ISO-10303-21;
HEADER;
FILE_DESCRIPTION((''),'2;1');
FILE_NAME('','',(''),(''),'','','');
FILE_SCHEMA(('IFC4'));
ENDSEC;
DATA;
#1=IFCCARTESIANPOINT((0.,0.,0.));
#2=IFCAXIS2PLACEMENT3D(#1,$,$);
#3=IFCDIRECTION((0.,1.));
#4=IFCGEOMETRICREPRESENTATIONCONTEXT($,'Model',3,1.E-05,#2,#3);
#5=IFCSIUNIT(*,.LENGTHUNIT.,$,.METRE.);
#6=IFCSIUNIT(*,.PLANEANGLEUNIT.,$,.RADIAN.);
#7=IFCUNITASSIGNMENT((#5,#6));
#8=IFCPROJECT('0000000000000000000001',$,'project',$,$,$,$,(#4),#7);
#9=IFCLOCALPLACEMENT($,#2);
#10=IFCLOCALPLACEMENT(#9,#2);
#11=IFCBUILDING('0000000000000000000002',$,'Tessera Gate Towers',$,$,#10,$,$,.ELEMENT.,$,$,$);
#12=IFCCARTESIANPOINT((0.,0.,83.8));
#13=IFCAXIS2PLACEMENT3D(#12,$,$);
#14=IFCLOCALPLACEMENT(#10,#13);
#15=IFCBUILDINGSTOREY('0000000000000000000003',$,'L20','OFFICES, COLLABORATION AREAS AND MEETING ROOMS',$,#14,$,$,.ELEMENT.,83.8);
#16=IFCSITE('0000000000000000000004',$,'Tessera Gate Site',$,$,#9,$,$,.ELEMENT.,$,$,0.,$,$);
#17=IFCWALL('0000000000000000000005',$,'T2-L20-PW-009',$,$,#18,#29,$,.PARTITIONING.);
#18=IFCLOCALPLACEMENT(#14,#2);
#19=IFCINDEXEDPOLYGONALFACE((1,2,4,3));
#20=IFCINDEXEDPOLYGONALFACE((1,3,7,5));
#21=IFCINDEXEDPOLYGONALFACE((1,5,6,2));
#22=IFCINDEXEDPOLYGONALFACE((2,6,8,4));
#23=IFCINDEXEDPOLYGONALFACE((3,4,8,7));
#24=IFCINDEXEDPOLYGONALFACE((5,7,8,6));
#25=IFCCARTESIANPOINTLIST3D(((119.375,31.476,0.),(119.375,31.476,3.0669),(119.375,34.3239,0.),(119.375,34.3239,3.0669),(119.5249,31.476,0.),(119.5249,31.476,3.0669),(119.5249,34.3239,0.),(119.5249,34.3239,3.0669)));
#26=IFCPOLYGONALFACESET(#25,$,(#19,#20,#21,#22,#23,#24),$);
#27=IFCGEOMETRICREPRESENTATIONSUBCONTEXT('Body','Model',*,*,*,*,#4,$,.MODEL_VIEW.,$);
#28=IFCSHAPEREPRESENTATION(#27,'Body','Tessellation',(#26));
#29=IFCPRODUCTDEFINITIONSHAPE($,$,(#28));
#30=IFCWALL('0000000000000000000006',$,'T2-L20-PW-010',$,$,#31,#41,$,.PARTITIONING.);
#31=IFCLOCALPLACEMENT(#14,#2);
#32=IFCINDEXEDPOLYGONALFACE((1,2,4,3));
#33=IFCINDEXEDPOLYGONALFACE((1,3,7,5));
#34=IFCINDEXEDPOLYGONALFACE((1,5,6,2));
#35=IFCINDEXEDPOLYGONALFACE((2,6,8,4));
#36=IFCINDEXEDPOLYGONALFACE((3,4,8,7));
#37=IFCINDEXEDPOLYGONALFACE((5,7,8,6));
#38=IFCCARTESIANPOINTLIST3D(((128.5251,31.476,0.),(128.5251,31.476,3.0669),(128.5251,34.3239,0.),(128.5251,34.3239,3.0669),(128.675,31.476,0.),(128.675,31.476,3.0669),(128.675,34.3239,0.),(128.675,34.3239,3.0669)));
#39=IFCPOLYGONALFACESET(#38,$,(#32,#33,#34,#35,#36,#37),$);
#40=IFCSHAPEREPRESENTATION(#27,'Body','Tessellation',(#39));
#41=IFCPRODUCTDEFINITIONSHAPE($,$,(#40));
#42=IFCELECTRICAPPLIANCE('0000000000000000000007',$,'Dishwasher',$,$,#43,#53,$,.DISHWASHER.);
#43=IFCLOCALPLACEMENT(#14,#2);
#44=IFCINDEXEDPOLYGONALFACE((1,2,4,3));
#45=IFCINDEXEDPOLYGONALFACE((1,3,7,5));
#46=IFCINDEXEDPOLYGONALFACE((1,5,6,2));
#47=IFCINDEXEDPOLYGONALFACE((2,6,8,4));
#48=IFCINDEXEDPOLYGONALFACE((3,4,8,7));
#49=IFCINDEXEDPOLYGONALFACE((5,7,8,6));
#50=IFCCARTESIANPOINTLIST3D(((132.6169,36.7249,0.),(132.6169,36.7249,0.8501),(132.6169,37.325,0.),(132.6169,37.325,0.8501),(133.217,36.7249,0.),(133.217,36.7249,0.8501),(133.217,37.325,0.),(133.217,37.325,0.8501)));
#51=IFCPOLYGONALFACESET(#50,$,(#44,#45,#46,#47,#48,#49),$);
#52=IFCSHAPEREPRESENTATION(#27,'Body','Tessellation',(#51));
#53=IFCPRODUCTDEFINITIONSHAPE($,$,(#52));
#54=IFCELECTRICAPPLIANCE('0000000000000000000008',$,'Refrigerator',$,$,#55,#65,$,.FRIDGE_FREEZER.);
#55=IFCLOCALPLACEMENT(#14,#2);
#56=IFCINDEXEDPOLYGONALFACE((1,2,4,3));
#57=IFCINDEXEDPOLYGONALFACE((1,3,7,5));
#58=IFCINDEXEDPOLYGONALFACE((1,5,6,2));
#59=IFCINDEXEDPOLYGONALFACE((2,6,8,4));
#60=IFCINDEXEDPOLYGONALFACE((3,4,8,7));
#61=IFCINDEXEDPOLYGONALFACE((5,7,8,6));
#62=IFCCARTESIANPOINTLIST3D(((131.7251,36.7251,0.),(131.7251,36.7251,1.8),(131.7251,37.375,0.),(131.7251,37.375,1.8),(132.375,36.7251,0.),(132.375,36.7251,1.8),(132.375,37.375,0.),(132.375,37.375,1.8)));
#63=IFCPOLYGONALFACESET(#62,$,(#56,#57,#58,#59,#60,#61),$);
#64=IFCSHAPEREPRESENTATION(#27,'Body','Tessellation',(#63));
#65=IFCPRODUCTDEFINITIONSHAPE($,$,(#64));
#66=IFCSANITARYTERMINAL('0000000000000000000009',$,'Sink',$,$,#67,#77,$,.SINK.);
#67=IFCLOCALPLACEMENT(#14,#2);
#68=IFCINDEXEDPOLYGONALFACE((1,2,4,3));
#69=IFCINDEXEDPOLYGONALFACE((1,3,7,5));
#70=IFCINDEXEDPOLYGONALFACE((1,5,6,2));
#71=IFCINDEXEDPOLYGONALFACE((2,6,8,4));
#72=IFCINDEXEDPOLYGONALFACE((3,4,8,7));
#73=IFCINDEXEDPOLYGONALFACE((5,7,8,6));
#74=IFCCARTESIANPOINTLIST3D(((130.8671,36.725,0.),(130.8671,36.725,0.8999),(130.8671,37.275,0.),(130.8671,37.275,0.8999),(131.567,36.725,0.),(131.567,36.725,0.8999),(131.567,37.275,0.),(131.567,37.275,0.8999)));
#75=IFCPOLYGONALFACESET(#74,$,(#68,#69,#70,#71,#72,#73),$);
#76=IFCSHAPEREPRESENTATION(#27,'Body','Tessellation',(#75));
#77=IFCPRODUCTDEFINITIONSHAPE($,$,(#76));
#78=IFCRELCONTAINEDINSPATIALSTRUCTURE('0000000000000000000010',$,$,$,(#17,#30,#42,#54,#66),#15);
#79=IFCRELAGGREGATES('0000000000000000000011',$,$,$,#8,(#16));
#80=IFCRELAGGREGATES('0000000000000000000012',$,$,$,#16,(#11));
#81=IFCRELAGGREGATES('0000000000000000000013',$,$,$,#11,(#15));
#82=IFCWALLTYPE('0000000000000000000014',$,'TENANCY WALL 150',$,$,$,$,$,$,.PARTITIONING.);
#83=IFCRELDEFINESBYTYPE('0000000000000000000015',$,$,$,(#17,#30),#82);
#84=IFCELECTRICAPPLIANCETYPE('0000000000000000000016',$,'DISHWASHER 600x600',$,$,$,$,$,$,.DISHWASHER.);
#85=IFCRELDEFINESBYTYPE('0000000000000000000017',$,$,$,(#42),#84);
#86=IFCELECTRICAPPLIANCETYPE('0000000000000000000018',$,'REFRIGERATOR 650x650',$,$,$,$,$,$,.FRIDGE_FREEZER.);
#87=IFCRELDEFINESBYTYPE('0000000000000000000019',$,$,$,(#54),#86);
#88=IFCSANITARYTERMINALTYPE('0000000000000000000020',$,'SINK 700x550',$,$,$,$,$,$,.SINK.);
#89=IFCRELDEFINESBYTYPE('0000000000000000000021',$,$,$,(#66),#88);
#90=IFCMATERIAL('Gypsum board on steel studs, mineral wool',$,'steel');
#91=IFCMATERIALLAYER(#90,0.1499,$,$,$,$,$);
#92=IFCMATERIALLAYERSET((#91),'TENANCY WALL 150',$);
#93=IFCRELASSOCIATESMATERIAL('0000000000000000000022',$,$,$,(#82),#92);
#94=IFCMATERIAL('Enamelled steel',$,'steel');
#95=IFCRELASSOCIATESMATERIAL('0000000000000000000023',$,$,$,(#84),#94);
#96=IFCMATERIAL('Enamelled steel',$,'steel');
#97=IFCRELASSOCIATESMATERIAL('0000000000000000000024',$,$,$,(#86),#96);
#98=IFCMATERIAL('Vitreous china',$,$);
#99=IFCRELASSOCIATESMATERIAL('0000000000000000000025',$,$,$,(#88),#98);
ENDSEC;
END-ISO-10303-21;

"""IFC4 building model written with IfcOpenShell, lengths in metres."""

from ifc_helpers import new_model, si_unit, direction, frame, frame_2d, origin, origin_2d, place, context, subcontext, project, spatial, rectangle, extrude, material, layer, layer_set, type_object, element, save


model = new_model("IFC4")

# Units and contexts
model_context = context("Model", 3, precision=1e-05, world=origin(), true_north=direction((0.0, 1.0)))
body_context = subcontext(model_context, "Body", "Model", "MODEL_VIEW")
ifc_project = project(units=[si_unit("LENGTHUNIT", "METRE"), si_unit("PLANEANGLEUNIT", "RADIAN")], contexts=[model_context])

# Site, building, storey
site_placement = place(None, origin())
site = spatial("IfcSite", under=ifc_project, at=site_placement, Name="Tessera Gate Site", CompositionType="ELEMENT", RefElevation=0.0)
building_placement = place(site_placement, origin())
building = spatial("IfcBuilding", under=site, at=building_placement, Name="Tessera Gate Towers", CompositionType="ELEMENT")
storey_placement = place(building_placement, frame((0.0, 0.0, 83.8)))
storey = spatial("IfcBuildingStorey", under=building, at=storey_placement, Name="L20", Description="OFFICES, COLLABORATION AREAS AND MEETING ROOMS", CompositionType="ELEMENT", Elevation=83.8)

# Shared definitions
ifc_material_1 = material(Name="Gypsum board on steel studs, mineral wool", Category="steel")
ifc_layer_1 = layer(ifc_material_1, 0.1499)
ifc_layer_set_1 = layer_set([ifc_layer_1], Name="TENANCY WALL 150")
wall_type_1 = type_object("IfcWallType", Name="TENANCY WALL 150", PredefinedType="PARTITIONING", material=ifc_layer_set_1)

# Walls
for number, where, z_axis, x_axis, name in (
    (1, (119.45, 31.4761, 0.0), (0.0, 0.0, 1.0), (0.0, 1.0, 0.0), "T2-L20-PW-009"),
    (2, (128.6001, 31.4761, 0.0), (0.0, 0.0, 1.0), (0.0, 1.0, 0.0), "T2-L20-PW-010"),
):
    element("IfcWall", number, at=place(storey_placement, frame(where, z_axis=z_axis, x_axis=x_axis)), inside=storey, type_object=wall_type_1, Name=name, PredefinedType="PARTITIONING", context=body_context, shape_type="SweptSolid", body=[
        extrude(rectangle(XDim=2.8479, YDim=0.1499, at=frame_2d((1.4238, 0.0))), origin(), (0.0, 0.0, 1.0), 3.0669),
    ])

# Electric appliances
ifc_material_2 = material(Name="Enamelled steel", Category="steel")
electric_appliance_type_1 = type_object("IfcElectricApplianceType", Name="DISHWASHER 600x600", PredefinedType="DISHWASHER", material=ifc_material_2)
electric_appliance_1_placement = place(storey_placement, frame((132.917, 37.0249, 0.0), z_axis=(0.0, 0.0, 1.0), x_axis=(1.0, 0.0, 0.0)))
element("IfcElectricAppliance", 3, at=electric_appliance_1_placement, inside=storey, type_object=electric_appliance_type_1, Name="Dishwasher", PredefinedType="DISHWASHER", context=body_context, shape_type="SweptSolid", body=[
    extrude(rectangle(XDim=0.6001, YDim=0.6001, at=origin_2d()), origin(), (0.0, 0.0, 1.0), 0.8501),
])
ifc_material_3 = material(Name="Enamelled steel", Category="steel")
electric_appliance_type_2 = type_object("IfcElectricApplianceType", Name="REFRIGERATOR 650x650", PredefinedType="FRIDGE_FREEZER", material=ifc_material_3)
electric_appliance_2_placement = place(storey_placement, frame((132.05, 37.05, 0.0), z_axis=(0.0, 0.0, 1.0), x_axis=(1.0, 0.0, 0.0)))
element("IfcElectricAppliance", 4, at=electric_appliance_2_placement, inside=storey, type_object=electric_appliance_type_2, Name="Refrigerator", PredefinedType="FRIDGE_FREEZER", context=body_context, shape_type="SweptSolid", body=[
    extrude(rectangle(XDim=0.6499, YDim=0.6499, at=origin_2d()), origin(), (0.0, 0.0, 1.0), 1.8),
])

# Sanitary terminal
ifc_material_4 = material(Name="Vitreous china")
sanitary_terminal_type = type_object("IfcSanitaryTerminalType", Name="SINK 700x550", PredefinedType="SINK", material=ifc_material_4)
sanitary_terminal_placement = place(storey_placement, frame((131.217, 37.0, 0.0), z_axis=(0.0, 0.0, 1.0), x_axis=(1.0, 0.0, 0.0)))
element("IfcSanitaryTerminal", 5, at=sanitary_terminal_placement, inside=storey, type_object=sanitary_terminal_type, Name="Sink", PredefinedType="SINK", context=body_context, shape_type="SweptSolid", body=[
    extrude(rectangle(XDim=0.7, YDim=0.55, at=origin_2d()), origin(), (0.0, 0.0, 1.0), 0.8999),
])

save(model, "model.ifc")
